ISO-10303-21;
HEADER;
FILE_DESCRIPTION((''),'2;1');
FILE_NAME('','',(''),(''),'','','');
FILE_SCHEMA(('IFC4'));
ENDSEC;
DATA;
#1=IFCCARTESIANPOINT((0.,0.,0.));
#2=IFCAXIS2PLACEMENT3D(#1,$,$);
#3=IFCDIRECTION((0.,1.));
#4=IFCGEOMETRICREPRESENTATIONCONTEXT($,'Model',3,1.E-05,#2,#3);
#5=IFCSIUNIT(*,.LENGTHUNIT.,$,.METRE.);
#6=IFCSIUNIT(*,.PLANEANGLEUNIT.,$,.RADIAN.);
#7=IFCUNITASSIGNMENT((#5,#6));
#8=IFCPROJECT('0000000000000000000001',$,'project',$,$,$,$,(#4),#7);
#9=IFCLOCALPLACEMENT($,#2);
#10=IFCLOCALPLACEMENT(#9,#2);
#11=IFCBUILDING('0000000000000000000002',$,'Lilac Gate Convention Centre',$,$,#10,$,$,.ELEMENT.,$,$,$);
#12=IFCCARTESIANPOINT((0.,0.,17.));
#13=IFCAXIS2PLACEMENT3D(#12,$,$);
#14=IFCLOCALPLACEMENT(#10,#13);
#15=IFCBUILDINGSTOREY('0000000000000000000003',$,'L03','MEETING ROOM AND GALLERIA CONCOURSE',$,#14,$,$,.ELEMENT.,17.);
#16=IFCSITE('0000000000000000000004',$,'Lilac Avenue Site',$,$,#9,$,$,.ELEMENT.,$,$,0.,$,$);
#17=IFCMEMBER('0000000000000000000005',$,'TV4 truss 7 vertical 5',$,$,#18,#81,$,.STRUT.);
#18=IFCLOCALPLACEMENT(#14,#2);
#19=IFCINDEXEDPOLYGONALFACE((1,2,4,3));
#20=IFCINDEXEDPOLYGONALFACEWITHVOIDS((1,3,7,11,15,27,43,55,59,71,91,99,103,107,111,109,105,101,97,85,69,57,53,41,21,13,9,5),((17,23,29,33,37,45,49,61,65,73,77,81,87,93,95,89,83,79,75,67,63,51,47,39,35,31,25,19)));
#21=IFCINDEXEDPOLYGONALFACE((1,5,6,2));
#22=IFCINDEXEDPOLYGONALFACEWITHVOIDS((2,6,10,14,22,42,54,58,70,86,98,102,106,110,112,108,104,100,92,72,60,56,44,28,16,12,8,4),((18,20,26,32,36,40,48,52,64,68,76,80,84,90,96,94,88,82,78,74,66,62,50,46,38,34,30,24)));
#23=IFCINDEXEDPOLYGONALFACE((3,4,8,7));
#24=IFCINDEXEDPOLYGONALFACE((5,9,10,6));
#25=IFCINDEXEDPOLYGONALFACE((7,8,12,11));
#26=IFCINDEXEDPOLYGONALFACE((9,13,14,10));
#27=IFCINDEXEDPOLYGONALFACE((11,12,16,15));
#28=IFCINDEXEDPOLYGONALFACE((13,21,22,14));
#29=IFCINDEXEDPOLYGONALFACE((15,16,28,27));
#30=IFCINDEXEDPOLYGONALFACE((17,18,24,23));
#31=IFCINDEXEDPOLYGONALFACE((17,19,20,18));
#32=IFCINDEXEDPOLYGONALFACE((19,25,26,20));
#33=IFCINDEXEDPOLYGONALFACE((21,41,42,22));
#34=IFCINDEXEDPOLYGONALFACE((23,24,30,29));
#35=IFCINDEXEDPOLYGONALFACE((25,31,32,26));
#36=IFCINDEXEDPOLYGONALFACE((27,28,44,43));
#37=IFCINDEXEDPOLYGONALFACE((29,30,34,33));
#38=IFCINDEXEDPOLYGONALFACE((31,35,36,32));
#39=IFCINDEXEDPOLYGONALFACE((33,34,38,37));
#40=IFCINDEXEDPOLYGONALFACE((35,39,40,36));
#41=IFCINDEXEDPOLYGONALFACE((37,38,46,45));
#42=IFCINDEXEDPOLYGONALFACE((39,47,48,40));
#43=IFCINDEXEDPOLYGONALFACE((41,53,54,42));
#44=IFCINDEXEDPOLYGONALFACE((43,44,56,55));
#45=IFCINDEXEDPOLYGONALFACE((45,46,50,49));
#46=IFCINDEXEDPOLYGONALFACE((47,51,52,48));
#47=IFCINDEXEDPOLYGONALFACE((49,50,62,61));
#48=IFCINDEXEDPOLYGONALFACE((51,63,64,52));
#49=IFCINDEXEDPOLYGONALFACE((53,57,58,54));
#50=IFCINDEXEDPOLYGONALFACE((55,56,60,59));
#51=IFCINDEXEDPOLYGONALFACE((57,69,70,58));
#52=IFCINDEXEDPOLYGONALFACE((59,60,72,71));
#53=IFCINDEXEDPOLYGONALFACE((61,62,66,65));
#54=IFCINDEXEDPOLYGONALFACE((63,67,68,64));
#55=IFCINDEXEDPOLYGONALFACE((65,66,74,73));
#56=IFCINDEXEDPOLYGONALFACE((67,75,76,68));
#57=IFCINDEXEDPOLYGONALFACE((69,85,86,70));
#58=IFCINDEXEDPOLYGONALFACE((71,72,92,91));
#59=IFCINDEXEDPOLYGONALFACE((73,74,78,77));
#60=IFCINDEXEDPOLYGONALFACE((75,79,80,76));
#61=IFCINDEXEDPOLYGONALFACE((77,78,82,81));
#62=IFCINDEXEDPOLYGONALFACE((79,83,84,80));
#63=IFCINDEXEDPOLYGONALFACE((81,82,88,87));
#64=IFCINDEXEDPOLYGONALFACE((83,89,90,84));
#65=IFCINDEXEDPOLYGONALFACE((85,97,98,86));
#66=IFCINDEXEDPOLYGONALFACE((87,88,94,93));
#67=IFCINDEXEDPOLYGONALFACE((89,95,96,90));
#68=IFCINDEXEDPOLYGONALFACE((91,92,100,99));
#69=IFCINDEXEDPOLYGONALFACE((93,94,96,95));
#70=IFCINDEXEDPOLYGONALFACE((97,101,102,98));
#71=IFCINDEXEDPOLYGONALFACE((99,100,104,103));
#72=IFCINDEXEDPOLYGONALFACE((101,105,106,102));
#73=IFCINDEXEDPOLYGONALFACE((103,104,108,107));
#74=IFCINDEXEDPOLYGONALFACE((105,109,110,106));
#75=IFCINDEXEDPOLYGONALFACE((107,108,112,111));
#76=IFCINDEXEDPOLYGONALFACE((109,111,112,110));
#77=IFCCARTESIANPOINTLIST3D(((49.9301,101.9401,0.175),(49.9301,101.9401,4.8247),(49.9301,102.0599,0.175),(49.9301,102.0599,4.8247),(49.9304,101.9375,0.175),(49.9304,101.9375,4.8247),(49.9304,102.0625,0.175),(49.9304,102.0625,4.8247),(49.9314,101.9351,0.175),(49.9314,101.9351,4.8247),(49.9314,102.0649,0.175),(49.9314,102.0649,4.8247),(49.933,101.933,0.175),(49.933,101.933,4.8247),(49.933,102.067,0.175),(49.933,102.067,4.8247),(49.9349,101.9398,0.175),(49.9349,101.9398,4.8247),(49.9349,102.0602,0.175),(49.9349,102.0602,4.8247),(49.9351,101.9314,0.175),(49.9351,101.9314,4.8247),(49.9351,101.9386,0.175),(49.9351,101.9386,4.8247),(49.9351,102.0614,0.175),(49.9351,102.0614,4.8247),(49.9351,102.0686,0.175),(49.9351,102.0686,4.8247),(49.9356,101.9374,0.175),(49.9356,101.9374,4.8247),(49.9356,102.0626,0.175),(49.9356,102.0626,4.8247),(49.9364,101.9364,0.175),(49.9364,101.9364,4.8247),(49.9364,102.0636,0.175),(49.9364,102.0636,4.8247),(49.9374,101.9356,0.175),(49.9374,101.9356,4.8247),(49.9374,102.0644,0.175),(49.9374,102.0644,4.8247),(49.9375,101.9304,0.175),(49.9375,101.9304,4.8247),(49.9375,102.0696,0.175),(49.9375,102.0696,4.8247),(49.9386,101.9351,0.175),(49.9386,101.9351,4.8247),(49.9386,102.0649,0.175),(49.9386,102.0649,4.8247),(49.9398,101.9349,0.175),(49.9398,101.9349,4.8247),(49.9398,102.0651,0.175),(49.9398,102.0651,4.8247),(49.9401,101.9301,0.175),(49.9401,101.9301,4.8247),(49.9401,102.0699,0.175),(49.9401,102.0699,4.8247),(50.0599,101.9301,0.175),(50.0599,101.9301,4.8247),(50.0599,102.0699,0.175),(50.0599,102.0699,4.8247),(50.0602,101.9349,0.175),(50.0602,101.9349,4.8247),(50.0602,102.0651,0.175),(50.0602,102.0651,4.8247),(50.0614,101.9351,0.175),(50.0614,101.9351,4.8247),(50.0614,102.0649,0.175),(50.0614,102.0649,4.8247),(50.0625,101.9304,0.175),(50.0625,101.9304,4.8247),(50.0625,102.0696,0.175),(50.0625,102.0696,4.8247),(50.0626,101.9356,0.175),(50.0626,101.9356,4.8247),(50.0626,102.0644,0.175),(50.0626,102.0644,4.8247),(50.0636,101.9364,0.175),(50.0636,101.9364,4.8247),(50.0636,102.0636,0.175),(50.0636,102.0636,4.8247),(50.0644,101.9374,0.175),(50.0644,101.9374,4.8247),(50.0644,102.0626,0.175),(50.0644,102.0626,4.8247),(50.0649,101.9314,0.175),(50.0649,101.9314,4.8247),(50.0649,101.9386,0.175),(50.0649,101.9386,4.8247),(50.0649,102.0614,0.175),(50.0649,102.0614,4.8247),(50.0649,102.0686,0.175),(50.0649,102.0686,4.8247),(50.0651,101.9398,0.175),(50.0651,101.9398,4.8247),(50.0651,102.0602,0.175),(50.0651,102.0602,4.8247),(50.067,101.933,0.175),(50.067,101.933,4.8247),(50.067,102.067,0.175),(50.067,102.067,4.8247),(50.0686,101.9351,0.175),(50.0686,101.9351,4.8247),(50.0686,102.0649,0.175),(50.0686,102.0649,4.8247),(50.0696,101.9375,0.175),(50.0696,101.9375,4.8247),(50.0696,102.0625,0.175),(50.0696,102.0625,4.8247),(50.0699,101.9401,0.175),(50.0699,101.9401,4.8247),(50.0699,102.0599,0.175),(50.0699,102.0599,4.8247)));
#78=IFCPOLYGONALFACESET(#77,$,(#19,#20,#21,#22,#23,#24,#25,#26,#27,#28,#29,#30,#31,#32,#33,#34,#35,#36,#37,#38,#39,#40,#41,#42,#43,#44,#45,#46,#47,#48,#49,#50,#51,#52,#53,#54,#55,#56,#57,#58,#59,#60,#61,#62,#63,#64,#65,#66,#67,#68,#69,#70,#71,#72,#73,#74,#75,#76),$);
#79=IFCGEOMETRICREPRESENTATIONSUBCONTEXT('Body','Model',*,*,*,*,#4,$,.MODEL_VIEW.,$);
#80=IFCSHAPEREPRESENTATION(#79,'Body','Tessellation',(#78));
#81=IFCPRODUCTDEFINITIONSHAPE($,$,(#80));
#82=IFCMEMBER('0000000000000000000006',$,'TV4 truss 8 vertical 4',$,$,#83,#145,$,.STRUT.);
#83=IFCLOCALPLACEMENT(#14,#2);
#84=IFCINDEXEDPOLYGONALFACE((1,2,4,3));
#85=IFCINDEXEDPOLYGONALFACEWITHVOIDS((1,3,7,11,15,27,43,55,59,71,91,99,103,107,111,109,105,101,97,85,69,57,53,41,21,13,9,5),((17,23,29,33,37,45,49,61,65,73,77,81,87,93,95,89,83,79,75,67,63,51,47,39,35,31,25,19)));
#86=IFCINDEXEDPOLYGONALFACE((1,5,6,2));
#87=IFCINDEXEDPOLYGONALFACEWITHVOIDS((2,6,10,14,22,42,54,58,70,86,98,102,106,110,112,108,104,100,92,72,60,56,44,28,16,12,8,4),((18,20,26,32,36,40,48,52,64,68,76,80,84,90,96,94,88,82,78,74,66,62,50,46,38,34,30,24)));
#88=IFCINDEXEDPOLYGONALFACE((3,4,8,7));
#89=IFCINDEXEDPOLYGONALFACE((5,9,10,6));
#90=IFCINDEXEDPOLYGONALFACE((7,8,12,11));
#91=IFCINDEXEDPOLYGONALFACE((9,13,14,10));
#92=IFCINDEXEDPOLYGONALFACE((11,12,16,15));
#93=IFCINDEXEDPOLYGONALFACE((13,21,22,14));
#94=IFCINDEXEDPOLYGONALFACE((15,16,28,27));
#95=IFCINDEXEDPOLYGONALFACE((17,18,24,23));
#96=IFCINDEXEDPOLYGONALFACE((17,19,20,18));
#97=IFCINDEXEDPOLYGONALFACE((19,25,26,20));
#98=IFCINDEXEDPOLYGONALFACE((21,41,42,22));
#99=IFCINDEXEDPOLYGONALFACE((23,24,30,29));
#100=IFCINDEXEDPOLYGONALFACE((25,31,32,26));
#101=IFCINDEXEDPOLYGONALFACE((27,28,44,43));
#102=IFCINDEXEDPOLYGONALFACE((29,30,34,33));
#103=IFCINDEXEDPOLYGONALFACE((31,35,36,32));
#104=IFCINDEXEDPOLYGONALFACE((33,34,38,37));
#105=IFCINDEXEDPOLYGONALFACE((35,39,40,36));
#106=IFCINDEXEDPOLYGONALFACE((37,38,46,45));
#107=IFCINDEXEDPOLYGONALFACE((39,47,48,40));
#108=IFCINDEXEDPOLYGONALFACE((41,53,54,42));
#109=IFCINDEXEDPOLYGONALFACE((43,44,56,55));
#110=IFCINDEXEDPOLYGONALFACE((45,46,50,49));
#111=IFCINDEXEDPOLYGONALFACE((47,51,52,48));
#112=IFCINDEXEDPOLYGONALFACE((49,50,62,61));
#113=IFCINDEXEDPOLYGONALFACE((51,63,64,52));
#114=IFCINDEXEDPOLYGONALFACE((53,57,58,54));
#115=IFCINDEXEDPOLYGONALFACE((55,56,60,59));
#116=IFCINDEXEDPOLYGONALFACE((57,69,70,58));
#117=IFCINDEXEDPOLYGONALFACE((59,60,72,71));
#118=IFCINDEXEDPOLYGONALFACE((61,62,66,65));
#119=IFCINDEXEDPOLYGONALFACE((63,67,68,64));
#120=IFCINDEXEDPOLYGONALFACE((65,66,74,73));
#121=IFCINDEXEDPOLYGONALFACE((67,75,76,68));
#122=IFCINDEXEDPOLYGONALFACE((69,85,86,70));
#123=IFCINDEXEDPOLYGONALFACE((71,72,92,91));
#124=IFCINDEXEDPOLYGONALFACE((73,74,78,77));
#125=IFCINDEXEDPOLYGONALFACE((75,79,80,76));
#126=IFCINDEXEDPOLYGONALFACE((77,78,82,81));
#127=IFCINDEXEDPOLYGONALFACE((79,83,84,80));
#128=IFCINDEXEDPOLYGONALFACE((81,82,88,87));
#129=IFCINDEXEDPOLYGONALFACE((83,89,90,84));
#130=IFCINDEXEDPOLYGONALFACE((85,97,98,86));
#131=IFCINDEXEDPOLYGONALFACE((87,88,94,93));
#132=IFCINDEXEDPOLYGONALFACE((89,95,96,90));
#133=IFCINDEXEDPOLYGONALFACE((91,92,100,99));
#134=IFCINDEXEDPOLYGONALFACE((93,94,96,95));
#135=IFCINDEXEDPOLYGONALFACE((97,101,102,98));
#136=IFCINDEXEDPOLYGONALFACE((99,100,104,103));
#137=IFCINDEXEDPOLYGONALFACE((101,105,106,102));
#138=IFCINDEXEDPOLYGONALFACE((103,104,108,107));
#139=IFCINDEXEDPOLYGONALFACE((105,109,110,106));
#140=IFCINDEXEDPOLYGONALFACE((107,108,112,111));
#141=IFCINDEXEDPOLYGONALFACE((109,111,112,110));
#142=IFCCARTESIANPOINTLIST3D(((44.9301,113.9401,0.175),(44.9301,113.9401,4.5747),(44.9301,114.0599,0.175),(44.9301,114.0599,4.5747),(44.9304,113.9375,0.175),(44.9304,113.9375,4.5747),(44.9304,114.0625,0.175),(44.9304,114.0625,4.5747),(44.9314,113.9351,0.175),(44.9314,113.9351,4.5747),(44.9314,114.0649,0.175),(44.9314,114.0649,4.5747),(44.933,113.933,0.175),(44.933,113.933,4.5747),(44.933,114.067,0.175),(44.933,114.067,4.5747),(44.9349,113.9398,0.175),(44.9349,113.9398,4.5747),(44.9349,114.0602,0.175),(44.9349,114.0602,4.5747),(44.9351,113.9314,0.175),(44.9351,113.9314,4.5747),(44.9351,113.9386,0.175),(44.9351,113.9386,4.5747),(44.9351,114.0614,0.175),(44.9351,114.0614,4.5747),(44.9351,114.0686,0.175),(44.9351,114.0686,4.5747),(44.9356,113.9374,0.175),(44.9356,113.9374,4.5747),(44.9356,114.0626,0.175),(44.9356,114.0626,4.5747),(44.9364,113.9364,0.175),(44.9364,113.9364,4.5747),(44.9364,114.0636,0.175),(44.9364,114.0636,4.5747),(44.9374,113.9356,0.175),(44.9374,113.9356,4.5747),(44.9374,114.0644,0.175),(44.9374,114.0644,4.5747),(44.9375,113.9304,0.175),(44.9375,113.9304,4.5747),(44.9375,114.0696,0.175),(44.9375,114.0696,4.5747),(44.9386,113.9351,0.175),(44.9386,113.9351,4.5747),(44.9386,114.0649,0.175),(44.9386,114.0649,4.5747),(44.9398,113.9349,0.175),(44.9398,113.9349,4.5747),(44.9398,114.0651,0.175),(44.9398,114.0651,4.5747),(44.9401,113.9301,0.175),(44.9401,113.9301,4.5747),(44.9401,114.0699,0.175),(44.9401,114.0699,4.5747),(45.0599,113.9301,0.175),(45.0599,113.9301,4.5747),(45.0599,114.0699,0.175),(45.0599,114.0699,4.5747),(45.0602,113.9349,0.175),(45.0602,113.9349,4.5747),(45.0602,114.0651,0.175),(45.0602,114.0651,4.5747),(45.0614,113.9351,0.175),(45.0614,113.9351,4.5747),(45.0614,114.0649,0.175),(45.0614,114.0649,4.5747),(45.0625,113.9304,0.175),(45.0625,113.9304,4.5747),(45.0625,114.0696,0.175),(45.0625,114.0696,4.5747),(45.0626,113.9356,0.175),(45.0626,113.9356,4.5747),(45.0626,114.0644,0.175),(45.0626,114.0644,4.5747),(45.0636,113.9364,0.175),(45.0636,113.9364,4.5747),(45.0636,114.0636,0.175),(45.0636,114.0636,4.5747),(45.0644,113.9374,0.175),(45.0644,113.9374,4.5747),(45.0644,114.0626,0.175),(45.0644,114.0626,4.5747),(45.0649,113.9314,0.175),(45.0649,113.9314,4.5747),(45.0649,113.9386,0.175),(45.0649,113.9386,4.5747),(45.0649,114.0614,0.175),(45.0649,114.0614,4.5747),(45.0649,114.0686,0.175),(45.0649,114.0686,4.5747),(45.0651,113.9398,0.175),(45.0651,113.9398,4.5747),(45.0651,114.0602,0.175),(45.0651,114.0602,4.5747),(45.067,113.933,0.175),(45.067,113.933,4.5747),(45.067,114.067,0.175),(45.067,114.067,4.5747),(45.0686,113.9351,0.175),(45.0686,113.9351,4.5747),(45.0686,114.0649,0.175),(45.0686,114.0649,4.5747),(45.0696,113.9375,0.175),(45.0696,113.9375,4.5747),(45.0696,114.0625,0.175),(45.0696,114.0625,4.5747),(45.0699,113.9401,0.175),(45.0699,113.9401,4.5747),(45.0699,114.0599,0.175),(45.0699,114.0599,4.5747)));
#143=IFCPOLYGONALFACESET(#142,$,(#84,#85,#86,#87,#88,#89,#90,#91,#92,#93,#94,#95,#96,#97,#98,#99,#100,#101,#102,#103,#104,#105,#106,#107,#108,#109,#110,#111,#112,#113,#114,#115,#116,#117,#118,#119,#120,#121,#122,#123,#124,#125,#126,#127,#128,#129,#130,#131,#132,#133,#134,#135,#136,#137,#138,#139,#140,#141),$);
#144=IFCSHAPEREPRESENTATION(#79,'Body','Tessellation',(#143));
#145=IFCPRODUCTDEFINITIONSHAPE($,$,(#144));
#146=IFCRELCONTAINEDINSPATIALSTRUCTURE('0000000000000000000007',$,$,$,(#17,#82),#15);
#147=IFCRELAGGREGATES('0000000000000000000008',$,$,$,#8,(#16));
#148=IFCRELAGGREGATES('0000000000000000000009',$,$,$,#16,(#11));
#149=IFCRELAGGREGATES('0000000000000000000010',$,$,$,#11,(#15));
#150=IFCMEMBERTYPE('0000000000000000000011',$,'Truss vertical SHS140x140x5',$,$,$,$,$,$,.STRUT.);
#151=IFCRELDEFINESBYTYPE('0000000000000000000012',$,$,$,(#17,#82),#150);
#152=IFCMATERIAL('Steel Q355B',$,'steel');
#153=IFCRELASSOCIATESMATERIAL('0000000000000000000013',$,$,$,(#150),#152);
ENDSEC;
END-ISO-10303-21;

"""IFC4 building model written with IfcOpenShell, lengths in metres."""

from ifc_helpers import new_model, si_unit, direction, frame, origin, origin_2d, place, context, subcontext, project, spatial, hollow_rectangle, extrude, material, material_profile, profile_set, type_object, element, save


model = new_model("IFC4")

# Units and contexts
model_context = context("Model", 3, precision=1e-05, world=origin(), true_north=direction((0.0, 1.0)))
body_context = subcontext(model_context, "Body", "Model", "MODEL_VIEW")
ifc_project = project(units=[si_unit("LENGTHUNIT", "METRE"), si_unit("PLANEANGLEUNIT", "RADIAN")], contexts=[model_context])

# Site, building, storey
site_placement = place(None, origin())
site = spatial("IfcSite", under=ifc_project, at=site_placement, Name="Lilac Avenue Site", CompositionType="ELEMENT", RefElevation=0.0)
building_placement = place(site_placement, origin())
building = spatial("IfcBuilding", under=site, at=building_placement, Name="Lilac Gate Convention Centre", CompositionType="ELEMENT")
storey_placement = place(building_placement, frame((0.0, 0.0, 17.0)))
storey = spatial("IfcBuildingStorey", under=building, at=storey_placement, Name="L03", Description="MEETING ROOM AND GALLERIA CONCOURSE", CompositionType="ELEMENT", Elevation=17.0)

# Members
ifc_material = material(Name="Steel Q355B", Category="steel")
ifc_material_profile_1 = material_profile(ifc_material, hollow_rectangle(XDim=0.1399, YDim=0.1399, WallThickness=0.0049, InnerFilletRadius=0.0049, OuterFilletRadius=0.01, at=origin_2d()), Name="SHS140x140x5")
ifc_profile_set_1 = profile_set([ifc_material_profile_1], Name="Steel Q355B")
member_type_1 = type_object("IfcMemberType", Name="Truss vertical SHS140x140x5", PredefinedType="STRUT", material=ifc_profile_set_1)
member_1_placement = place(storey_placement, frame((50.0, 102.0, 0.175), z_axis=(0.0, 0.0, 1.0), x_axis=(1.0, 0.0, 0.0)))
element("IfcMember", 1, at=member_1_placement, inside=storey, type_object=member_type_1, Name="TV4 truss 7 vertical 5", PredefinedType="STRUT", context=body_context, shape_type="SweptSolid", body=[
    extrude(hollow_rectangle(XDim=0.1399, YDim=0.1399, WallThickness=0.0049, InnerFilletRadius=0.0049, OuterFilletRadius=0.01, at=origin_2d()), origin(), (0.0, 0.0, 1.0), 4.6497),
])
member_2_placement = place(storey_placement, frame((45.0, 114.0, 0.175), z_axis=(0.0, 0.0, 1.0), x_axis=(1.0, 0.0, 0.0)))
element("IfcMember", 2, at=member_2_placement, inside=storey, type_object=member_type_1, Name="TV4 truss 8 vertical 4", PredefinedType="STRUT", context=body_context, shape_type="SweptSolid", body=[
    extrude(hollow_rectangle(XDim=0.1399, YDim=0.1399, WallThickness=0.0049, InnerFilletRadius=0.0049, OuterFilletRadius=0.01, at=origin_2d()), origin(), (0.0, 0.0, 1.0), 4.3997),
])

save(model, "model.ifc")
